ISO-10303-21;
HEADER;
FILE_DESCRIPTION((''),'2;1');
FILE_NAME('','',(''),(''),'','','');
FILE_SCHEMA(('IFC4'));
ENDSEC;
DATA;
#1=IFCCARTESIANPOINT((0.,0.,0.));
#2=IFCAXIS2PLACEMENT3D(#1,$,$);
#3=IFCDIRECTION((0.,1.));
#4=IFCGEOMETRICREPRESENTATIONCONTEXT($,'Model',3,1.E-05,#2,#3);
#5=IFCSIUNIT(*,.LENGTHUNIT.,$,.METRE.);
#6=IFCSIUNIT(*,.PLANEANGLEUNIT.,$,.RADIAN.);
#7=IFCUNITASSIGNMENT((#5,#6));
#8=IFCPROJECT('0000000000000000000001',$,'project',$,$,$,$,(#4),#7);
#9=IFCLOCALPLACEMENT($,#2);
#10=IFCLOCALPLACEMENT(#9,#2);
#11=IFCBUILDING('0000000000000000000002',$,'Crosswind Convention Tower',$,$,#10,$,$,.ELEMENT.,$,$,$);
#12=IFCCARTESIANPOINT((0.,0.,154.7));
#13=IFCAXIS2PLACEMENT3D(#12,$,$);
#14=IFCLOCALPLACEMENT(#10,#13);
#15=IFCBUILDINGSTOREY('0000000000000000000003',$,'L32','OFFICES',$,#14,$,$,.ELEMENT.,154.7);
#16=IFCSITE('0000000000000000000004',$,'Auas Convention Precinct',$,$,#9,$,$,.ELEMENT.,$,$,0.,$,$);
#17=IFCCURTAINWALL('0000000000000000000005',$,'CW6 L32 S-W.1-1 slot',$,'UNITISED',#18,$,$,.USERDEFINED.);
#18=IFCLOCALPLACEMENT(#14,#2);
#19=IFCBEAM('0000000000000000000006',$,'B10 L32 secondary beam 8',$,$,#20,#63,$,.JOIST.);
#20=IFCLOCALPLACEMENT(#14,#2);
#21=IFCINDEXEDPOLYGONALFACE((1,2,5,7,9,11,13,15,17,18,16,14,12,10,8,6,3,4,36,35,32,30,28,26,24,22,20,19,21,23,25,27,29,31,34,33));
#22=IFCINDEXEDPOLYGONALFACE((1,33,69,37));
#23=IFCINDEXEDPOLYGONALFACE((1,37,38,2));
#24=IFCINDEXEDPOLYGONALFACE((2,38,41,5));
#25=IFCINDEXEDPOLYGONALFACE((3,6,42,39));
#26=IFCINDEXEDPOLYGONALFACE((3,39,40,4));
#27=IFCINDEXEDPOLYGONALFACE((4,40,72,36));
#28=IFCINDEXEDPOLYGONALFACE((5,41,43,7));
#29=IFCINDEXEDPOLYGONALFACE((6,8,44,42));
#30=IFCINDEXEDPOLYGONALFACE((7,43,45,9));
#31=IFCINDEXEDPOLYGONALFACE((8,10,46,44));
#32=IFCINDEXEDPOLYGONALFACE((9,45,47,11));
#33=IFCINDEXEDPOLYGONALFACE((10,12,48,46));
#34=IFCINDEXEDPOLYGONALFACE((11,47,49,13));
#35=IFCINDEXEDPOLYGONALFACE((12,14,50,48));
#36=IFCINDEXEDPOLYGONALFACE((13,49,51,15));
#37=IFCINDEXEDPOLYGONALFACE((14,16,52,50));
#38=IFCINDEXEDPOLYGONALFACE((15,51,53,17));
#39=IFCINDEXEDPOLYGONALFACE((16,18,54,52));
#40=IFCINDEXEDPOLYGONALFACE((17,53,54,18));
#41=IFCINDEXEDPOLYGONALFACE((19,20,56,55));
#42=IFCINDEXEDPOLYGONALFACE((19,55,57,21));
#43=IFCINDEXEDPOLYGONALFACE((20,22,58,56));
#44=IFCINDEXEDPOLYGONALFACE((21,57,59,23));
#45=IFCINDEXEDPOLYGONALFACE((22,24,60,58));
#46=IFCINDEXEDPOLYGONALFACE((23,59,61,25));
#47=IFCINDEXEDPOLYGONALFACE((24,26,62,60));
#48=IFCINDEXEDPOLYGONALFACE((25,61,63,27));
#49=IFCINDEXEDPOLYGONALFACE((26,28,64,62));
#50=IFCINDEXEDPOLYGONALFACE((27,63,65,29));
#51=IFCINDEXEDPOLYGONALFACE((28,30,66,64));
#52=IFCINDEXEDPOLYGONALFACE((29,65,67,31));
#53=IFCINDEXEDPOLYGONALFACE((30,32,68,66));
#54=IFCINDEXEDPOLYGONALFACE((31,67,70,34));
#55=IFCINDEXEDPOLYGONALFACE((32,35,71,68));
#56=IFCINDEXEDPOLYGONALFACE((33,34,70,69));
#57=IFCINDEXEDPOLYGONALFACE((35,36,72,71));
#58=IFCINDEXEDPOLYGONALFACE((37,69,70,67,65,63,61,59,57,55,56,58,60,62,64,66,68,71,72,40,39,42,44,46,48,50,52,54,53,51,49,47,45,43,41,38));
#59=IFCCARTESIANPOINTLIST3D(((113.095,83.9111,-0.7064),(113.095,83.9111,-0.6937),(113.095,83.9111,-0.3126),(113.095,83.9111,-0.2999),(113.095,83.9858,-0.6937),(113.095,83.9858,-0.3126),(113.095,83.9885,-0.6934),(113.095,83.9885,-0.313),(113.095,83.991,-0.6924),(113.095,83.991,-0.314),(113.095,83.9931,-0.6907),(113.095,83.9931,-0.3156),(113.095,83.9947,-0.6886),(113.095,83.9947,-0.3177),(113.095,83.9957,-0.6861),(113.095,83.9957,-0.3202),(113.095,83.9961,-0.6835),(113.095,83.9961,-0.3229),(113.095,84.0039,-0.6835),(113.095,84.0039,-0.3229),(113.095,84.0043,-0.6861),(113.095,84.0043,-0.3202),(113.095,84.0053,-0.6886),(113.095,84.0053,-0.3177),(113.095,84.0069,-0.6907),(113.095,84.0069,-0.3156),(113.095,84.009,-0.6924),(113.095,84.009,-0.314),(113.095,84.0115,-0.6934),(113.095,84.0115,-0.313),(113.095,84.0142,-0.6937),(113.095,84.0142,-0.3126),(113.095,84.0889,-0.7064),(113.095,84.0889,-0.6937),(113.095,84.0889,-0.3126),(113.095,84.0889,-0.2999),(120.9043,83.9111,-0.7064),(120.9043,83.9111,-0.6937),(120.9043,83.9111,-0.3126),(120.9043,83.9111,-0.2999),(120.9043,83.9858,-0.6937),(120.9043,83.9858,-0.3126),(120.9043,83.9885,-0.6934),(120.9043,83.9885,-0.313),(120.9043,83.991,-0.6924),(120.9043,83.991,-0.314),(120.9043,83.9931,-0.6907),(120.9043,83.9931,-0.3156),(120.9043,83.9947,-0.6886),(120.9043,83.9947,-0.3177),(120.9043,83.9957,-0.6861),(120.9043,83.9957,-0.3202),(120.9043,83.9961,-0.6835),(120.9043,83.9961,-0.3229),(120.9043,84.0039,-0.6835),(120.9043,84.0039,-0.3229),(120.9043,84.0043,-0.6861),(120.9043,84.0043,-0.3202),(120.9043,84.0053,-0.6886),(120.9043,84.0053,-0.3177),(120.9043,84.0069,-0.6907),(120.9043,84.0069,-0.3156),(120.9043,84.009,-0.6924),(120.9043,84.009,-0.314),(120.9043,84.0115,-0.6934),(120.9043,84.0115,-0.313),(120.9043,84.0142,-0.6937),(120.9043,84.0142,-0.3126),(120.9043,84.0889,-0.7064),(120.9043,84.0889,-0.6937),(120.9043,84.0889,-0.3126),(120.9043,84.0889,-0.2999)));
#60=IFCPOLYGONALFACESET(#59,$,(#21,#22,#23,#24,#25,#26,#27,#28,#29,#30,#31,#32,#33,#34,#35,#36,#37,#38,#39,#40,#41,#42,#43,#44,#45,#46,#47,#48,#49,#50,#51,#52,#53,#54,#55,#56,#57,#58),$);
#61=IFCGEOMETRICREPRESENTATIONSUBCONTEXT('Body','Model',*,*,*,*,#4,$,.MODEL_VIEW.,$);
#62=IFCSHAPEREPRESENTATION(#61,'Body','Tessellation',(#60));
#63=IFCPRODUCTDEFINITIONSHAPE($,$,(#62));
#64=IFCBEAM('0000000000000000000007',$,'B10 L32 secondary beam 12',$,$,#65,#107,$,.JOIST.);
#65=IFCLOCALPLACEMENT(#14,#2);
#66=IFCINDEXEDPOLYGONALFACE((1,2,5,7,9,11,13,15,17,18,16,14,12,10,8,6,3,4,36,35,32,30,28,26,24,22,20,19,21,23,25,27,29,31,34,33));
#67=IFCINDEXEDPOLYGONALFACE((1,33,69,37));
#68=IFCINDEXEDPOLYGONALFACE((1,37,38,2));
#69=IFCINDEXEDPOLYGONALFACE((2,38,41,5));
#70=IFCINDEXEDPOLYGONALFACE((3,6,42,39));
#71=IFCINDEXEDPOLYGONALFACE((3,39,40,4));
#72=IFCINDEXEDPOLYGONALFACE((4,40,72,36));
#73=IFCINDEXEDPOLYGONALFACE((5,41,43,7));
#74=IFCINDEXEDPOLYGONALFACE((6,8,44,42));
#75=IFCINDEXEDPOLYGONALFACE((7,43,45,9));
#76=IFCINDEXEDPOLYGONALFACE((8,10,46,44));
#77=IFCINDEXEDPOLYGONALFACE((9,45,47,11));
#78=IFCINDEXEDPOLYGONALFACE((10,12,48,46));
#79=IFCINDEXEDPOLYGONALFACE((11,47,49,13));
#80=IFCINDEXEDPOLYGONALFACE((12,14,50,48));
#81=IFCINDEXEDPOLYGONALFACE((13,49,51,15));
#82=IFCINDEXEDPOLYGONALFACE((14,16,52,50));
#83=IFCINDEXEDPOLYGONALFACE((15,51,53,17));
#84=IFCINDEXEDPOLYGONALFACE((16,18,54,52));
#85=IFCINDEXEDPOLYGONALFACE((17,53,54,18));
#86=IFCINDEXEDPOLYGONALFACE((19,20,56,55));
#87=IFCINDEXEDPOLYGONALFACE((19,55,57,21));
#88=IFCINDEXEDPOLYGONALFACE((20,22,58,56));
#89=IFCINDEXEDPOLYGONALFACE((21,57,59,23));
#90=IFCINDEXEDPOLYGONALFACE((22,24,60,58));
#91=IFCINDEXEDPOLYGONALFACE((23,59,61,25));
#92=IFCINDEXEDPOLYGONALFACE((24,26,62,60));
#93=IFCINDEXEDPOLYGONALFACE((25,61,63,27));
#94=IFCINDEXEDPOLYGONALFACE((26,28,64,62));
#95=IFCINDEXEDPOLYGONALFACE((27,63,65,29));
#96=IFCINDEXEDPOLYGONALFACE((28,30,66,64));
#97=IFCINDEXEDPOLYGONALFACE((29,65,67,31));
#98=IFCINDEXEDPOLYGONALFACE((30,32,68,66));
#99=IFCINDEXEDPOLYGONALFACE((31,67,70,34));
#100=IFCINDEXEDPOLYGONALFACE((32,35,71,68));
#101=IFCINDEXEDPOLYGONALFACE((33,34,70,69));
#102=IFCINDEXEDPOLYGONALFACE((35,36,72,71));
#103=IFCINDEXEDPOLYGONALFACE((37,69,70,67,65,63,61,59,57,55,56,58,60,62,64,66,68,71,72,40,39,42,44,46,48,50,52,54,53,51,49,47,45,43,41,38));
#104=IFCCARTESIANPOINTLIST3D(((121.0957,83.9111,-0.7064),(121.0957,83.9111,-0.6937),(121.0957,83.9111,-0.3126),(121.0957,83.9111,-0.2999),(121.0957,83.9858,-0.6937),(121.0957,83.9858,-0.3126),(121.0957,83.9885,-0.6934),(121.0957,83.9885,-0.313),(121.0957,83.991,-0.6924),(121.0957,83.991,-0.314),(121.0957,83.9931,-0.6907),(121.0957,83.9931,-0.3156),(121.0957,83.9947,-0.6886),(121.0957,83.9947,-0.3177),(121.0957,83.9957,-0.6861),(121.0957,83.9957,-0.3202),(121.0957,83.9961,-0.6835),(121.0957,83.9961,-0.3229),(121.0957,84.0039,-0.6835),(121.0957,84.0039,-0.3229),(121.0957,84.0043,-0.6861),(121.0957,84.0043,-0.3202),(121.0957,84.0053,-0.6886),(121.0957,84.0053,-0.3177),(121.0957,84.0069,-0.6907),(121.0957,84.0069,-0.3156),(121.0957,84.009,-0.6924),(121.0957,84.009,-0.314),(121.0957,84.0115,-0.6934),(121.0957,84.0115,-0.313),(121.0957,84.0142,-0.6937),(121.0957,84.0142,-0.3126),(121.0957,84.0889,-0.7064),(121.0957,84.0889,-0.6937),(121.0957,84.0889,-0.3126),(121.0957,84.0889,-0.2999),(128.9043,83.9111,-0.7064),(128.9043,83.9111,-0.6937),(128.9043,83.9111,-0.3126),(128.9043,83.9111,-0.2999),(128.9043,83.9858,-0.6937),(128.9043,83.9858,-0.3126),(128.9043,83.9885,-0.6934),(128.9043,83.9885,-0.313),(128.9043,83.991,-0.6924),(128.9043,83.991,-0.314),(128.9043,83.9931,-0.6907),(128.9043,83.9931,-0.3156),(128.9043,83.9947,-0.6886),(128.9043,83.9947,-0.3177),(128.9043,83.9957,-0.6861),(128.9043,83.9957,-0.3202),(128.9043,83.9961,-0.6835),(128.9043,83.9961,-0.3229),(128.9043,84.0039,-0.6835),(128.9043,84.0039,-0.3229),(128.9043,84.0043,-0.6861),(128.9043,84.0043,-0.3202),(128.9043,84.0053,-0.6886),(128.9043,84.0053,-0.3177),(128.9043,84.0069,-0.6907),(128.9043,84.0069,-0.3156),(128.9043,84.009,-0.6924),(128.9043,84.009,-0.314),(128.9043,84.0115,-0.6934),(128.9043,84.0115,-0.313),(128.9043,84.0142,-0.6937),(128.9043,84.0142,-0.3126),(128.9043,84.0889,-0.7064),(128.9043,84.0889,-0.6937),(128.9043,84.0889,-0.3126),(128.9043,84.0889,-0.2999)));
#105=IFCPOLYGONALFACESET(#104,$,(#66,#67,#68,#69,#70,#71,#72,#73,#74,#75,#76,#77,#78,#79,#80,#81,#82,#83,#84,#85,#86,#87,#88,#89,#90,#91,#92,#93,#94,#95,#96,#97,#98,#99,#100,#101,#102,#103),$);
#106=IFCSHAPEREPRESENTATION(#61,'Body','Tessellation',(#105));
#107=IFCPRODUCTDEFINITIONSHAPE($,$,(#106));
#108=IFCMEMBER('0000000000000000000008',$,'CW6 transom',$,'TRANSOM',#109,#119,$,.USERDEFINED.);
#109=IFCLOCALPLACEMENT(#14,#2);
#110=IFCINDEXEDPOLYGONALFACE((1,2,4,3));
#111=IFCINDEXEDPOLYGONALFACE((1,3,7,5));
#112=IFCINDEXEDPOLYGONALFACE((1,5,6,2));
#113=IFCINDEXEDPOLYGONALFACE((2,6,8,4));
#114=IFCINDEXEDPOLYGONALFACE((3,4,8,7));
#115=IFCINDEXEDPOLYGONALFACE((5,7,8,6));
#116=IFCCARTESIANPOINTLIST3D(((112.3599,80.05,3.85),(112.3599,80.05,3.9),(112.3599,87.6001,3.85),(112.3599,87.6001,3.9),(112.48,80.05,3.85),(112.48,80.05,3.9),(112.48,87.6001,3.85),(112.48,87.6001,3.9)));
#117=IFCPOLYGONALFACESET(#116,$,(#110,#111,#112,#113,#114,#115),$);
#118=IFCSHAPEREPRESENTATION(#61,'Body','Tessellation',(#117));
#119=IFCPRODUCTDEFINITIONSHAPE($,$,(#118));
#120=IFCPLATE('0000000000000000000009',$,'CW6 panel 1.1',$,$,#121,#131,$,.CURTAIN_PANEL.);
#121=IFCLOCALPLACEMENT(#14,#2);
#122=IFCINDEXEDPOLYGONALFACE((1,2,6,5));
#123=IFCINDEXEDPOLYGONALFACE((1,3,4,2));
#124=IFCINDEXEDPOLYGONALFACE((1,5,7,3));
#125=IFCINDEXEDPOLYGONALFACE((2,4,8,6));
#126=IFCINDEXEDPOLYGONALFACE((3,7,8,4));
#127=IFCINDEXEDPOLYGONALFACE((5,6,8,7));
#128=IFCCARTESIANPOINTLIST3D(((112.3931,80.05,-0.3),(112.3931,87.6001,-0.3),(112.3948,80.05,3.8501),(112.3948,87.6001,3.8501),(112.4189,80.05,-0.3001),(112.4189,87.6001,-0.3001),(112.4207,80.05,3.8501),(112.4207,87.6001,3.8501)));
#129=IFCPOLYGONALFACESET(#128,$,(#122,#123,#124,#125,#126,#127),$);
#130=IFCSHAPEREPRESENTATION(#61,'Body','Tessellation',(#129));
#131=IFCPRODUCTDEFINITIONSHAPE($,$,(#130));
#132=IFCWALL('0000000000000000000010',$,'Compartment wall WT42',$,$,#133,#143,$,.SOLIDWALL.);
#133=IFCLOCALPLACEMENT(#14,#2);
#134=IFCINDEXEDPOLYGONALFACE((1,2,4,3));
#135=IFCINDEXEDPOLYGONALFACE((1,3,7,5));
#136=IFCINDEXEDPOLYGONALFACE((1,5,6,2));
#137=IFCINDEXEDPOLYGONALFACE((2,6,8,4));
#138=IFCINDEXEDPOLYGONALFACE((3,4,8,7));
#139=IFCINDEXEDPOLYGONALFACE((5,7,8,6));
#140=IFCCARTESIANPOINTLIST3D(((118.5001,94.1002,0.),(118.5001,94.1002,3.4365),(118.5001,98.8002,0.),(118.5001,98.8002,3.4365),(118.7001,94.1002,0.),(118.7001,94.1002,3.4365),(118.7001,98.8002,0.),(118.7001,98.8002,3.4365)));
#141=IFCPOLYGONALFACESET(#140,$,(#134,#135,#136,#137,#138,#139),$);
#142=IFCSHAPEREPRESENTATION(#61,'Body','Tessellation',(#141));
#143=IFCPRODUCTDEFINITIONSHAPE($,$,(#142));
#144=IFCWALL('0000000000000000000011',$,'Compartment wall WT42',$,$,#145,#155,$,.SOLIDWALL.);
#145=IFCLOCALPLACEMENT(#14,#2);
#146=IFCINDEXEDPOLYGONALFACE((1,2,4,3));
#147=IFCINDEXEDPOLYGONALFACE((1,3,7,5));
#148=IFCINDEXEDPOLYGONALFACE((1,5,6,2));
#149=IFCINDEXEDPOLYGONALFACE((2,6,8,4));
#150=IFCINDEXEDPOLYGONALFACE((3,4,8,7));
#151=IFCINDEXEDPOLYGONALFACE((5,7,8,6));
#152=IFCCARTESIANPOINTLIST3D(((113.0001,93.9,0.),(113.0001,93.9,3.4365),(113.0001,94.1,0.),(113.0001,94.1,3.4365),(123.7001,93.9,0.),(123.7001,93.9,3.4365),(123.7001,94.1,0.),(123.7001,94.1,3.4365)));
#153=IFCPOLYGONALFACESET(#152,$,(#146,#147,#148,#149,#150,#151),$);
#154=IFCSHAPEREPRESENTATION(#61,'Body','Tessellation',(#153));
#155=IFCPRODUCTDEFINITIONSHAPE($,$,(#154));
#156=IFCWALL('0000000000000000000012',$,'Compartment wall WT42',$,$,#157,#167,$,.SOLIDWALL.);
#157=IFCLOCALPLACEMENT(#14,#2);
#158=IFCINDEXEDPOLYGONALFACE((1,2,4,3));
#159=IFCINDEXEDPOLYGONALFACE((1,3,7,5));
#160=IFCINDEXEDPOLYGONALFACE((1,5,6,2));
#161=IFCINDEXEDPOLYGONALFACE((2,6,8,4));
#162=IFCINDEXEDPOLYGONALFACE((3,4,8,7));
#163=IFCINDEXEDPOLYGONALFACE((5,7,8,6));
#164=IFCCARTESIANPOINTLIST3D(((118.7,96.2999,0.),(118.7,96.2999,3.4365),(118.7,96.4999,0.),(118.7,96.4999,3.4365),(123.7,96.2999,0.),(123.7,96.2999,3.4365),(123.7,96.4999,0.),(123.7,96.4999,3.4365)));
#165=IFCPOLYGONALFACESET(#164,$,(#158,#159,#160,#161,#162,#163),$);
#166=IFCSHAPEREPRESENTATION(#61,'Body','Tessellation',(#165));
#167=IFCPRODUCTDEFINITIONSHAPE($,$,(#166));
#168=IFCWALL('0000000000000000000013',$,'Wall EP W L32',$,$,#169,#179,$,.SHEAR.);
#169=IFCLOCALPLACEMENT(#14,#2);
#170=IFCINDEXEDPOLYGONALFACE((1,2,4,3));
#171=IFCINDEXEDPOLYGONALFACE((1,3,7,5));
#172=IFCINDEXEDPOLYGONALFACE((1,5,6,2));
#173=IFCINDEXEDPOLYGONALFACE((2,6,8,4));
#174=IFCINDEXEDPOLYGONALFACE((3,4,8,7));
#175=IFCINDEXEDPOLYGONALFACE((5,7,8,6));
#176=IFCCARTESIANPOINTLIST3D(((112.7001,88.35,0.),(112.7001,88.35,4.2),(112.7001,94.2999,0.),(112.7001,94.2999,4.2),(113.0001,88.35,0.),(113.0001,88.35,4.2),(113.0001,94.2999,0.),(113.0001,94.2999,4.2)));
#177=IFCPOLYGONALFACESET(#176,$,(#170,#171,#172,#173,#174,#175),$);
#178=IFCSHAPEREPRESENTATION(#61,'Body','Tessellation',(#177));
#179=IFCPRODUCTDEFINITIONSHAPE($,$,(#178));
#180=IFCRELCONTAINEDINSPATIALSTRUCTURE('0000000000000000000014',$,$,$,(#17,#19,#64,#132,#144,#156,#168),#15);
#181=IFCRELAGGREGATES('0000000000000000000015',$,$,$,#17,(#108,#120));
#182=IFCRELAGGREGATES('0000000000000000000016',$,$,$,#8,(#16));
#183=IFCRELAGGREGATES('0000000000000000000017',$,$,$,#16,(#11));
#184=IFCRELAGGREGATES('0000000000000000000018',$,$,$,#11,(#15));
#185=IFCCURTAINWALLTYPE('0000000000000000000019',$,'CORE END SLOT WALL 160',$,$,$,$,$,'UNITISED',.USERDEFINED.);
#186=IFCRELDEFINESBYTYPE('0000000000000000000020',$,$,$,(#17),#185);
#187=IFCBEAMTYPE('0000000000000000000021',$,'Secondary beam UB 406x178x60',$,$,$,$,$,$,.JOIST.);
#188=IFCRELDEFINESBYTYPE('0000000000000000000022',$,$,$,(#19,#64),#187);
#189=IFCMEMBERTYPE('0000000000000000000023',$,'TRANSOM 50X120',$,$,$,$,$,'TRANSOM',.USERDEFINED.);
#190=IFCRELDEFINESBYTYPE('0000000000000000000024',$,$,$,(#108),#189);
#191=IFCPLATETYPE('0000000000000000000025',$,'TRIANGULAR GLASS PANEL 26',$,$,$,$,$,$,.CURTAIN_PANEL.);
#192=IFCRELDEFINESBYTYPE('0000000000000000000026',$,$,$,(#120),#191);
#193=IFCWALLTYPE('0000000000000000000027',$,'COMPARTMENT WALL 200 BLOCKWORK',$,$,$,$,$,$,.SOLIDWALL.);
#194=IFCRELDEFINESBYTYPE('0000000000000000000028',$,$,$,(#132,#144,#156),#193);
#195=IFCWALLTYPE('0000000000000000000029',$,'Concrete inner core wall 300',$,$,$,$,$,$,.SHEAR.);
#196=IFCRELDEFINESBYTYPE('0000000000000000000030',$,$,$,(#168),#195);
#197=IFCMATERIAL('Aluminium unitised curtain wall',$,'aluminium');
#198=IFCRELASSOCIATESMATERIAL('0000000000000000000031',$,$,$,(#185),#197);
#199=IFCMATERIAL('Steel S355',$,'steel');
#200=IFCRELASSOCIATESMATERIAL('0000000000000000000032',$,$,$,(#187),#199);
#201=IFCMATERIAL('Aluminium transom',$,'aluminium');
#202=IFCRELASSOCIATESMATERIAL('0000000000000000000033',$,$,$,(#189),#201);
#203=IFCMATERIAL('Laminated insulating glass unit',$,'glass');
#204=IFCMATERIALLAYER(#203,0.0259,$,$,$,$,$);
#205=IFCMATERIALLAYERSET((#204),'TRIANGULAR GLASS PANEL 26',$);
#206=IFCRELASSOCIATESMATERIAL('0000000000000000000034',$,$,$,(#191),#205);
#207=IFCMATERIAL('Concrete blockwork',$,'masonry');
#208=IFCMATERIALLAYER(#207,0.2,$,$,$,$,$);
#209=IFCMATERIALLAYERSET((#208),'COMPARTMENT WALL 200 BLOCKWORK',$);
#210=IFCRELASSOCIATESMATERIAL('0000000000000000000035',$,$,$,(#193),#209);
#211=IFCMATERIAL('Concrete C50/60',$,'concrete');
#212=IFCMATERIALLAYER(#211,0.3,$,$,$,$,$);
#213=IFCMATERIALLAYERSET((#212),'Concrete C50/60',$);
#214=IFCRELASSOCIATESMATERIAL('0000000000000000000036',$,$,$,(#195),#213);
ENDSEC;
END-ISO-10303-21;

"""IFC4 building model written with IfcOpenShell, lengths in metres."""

from ifc_helpers import new_model, si_unit, direction, frame, frame_2d, origin, origin_2d, place, context, subcontext, project, spatial, polyline, rectangle, i_section, outline, extrude, material, layer, layer_set, material_profile, profile_set, type_object, element, aggregate, save


model = new_model("IFC4")

# Units and contexts
model_context = context("Model", 3, precision=1e-05, world=origin(), true_north=direction((0.0, 1.0)))
body_context = subcontext(model_context, "Body", "Model", "MODEL_VIEW")
ifc_project = project(units=[si_unit("LENGTHUNIT", "METRE"), si_unit("PLANEANGLEUNIT", "RADIAN")], contexts=[model_context])

# Site, building, storey
site_placement = place(None, origin())
site = spatial("IfcSite", under=ifc_project, at=site_placement, Name="Auas Convention Precinct", CompositionType="ELEMENT", RefElevation=0.0)
building_placement = place(site_placement, origin())
building = spatial("IfcBuilding", under=site, at=building_placement, Name="Crosswind Convention Tower", CompositionType="ELEMENT")
storey_placement = place(building_placement, frame((0.0, 0.0, 154.7)))
storey = spatial("IfcBuildingStorey", under=building, at=storey_placement, Name="L32", Description="OFFICES", CompositionType="ELEMENT", Elevation=154.7)

# Shared definitions
ifc_material_1 = material(Name="Steel S355", Category="steel")

# Curtain wall
ifc_material_2 = material(Name="Aluminium unitised curtain wall", Category="aluminium")
curtain_wall_type = type_object("IfcCurtainWallType", Name="CORE END SLOT WALL 160", ElementType="UNITISED", PredefinedType="USERDEFINED", material=ifc_material_2)
curtain_wall_placement = place(storey_placement, origin())
curtain_wall = element("IfcCurtainWall", 1, at=curtain_wall_placement, inside=storey, type_object=curtain_wall_type, Name="CW6 L32 S-W.1-1 slot", ObjectType="UNITISED", PredefinedType="USERDEFINED")

# Beams
ifc_material_profile_1 = material_profile(ifc_material_1, i_section(OverallWidth=0.1777, OverallDepth=0.4065, WebThickness=0.0078, FlangeThickness=0.0127, FilletRadius=0.0103, at=origin_2d()), Name="UB 406x178x60")
ifc_profile_set_1 = profile_set([ifc_material_profile_1], Name="Steel S355")
beam_type_1 = type_object("IfcBeamType", Name="Secondary beam UB 406x178x60", PredefinedType="JOIST", material=ifc_profile_set_1)
beam_1_placement = place(storey_placement, frame((113.095, 84.0, -0.5032), z_axis=(1.0, 0.0, 0.0), x_axis=(0.0, 1.0, 0.0)))
element("IfcBeam", 2, at=beam_1_placement, inside=storey, type_object=beam_type_1, Name="B10 L32 secondary beam 8", PredefinedType="JOIST", context=body_context, shape_type="SweptSolid", body=[
    extrude(i_section(OverallWidth=0.1777, OverallDepth=0.4065, WebThickness=0.0078, FlangeThickness=0.0127, FilletRadius=0.0103, at=origin_2d()), origin(), (0.0, 0.0, 1.0), 7.8093),
])
beam_2_placement = place(storey_placement, frame((121.0957, 84.0, -0.5032), z_axis=(1.0, 0.0, 0.0), x_axis=(0.0, 1.0, 0.0)))
element("IfcBeam", 3, at=beam_2_placement, inside=storey, type_object=beam_type_1, Name="B10 L32 secondary beam 12", PredefinedType="JOIST", context=body_context, shape_type="SweptSolid", body=[
    extrude(i_section(OverallWidth=0.1777, OverallDepth=0.4065, WebThickness=0.0078, FlangeThickness=0.0127, FilletRadius=0.0103, at=origin_2d()), origin(), (0.0, 0.0, 1.0), 7.8086),
])

# Member
ifc_material_3 = material(Name="Aluminium transom", Category="aluminium")
ifc_material_profile_2 = material_profile(ifc_material_3, rectangle(XDim=0.1201, YDim=0.05, at=origin_2d()), Name="AL 120X50")
ifc_profile_set_2 = profile_set([ifc_material_profile_2], Name="Aluminium transom")
member_type_1 = type_object("IfcMemberType", Name="TRANSOM 50X120", ElementType="TRANSOM", PredefinedType="USERDEFINED", material=ifc_profile_set_2)
member_1_placement = place(storey_placement, frame((112.4199, 87.6001, 3.875), z_axis=(0.0, -1.0, 0.0), x_axis=(1.0, 0.0, 0.0)))
member_1 = element("IfcMember", 4, at=member_1_placement, type_object=member_type_1, Name="CW6 transom", ObjectType="TRANSOM", PredefinedType="USERDEFINED", context=body_context, shape_type="SweptSolid", body=[
    extrude(rectangle(XDim=0.1201, YDim=0.05, at=origin_2d()), origin(), (0.0, 0.0, 1.0), 7.55),
])

# Plate
ifc_material_4 = material(Name="Laminated insulating glass unit", Category="glass")
ifc_layer_1 = layer(ifc_material_4, 0.0259)
ifc_layer_set_1 = layer_set([ifc_layer_1], Name="TRIANGULAR GLASS PANEL 26")
plate_type = type_object("IfcPlateType", Name="TRIANGULAR GLASS PANEL 26", PredefinedType="CURTAIN_PANEL", material=ifc_layer_set_1)
plate_placement = place(storey_placement, frame((112.3931, 87.6001, -0.3), z_axis=(-1.0, 0.0, 0.000412), x_axis=(0.0, -1.0, 0.0)))
plate = element("IfcPlate", 5, at=plate_placement, type_object=plate_type, Name="CW6 panel 1.1", PredefinedType="CURTAIN_PANEL", context=body_context, shape_type="SweptSolid", body=[
    extrude(outline(polyline([(0.0, 0.0), (7.55, 0.0), (7.55, 4.1501), (0.0, 4.1501), (0.0, 0.0)])), origin(), (0.0, 0.0, -1.0), 0.0259),
])
aggregate(curtain_wall, [member_1, plate])

# Walls
ifc_material_5 = material(Name="Concrete blockwork", Category="masonry")
ifc_layer_2 = layer(ifc_material_5, 0.2)
ifc_layer_set_2 = layer_set([ifc_layer_2], Name="COMPARTMENT WALL 200 BLOCKWORK")
wall_type_1 = type_object("IfcWallType", Name="COMPARTMENT WALL 200 BLOCKWORK", PredefinedType="SOLIDWALL", material=ifc_layer_set_2)
wall_1_placement = place(storey_placement, frame((118.6001, 94.1001, 0.0), z_axis=(0.0, 0.0, 1.0), x_axis=(0.0, 1.0, 0.0)))
element("IfcWall", 6, at=wall_1_placement, inside=storey, type_object=wall_type_1, Name="Compartment wall WT42", PredefinedType="SOLIDWALL", context=body_context, shape_type="SweptSolid", body=[
    extrude(rectangle(XDim=4.7, YDim=0.2, at=frame_2d((2.3501, 0.0))), origin(), (0.0, 0.0, 1.0), 3.4365),
])
wall_2_placement = place(storey_placement, frame((113.0, 94.0, 0.0), z_axis=(0.0, 0.0, 1.0), x_axis=(1.0, 0.0, 0.0)))
element("IfcWall", 7, at=wall_2_placement, inside=storey, type_object=wall_type_1, Name="Compartment wall WT42", PredefinedType="SOLIDWALL", context=body_context, shape_type="SweptSolid", body=[
    extrude(rectangle(XDim=10.7, YDim=0.2, at=frame_2d((5.3501, 0.0))), origin(), (0.0, 0.0, 1.0), 3.4365),
])
wall_3_placement = place(storey_placement, frame((118.7, 96.3999, 0.0), z_axis=(0.0, 0.0, 1.0), x_axis=(1.0, 0.0, 0.0)))
element("IfcWall", 8, at=wall_3_placement, inside=storey, type_object=wall_type_1, Name="Compartment wall WT42", PredefinedType="SOLIDWALL", context=body_context, shape_type="SweptSolid", body=[
    extrude(rectangle(XDim=5.0, YDim=0.2, at=frame_2d((2.5, 0.0))), origin(), (0.0, 0.0, 1.0), 3.4365),
])
ifc_material_6 = material(Name="Concrete C50/60", Category="concrete")
ifc_layer_3 = layer(ifc_material_6, 0.3)
ifc_layer_set_3 = layer_set([ifc_layer_3], Name="Concrete C50/60")
wall_type_2 = type_object("IfcWallType", Name="Concrete inner core wall 300", PredefinedType="SHEAR", material=ifc_layer_set_3)
wall_4_placement = place(storey_placement, frame((112.8501, 94.3, 0.0), z_axis=(0.0, 0.0, 1.0), x_axis=(0.0, -1.0, 0.0)))
element("IfcWall", 9, at=wall_4_placement, inside=storey, type_object=wall_type_2, Name="Wall EP W L32", PredefinedType="SHEAR", context=body_context, shape_type="SweptSolid", body=[
    extrude(rectangle(XDim=5.95, YDim=0.3, at=frame_2d((2.9751, 0.0))), origin(), (0.0, 0.0, 1.0), 4.2),
])

save(model, "model.ifc")
